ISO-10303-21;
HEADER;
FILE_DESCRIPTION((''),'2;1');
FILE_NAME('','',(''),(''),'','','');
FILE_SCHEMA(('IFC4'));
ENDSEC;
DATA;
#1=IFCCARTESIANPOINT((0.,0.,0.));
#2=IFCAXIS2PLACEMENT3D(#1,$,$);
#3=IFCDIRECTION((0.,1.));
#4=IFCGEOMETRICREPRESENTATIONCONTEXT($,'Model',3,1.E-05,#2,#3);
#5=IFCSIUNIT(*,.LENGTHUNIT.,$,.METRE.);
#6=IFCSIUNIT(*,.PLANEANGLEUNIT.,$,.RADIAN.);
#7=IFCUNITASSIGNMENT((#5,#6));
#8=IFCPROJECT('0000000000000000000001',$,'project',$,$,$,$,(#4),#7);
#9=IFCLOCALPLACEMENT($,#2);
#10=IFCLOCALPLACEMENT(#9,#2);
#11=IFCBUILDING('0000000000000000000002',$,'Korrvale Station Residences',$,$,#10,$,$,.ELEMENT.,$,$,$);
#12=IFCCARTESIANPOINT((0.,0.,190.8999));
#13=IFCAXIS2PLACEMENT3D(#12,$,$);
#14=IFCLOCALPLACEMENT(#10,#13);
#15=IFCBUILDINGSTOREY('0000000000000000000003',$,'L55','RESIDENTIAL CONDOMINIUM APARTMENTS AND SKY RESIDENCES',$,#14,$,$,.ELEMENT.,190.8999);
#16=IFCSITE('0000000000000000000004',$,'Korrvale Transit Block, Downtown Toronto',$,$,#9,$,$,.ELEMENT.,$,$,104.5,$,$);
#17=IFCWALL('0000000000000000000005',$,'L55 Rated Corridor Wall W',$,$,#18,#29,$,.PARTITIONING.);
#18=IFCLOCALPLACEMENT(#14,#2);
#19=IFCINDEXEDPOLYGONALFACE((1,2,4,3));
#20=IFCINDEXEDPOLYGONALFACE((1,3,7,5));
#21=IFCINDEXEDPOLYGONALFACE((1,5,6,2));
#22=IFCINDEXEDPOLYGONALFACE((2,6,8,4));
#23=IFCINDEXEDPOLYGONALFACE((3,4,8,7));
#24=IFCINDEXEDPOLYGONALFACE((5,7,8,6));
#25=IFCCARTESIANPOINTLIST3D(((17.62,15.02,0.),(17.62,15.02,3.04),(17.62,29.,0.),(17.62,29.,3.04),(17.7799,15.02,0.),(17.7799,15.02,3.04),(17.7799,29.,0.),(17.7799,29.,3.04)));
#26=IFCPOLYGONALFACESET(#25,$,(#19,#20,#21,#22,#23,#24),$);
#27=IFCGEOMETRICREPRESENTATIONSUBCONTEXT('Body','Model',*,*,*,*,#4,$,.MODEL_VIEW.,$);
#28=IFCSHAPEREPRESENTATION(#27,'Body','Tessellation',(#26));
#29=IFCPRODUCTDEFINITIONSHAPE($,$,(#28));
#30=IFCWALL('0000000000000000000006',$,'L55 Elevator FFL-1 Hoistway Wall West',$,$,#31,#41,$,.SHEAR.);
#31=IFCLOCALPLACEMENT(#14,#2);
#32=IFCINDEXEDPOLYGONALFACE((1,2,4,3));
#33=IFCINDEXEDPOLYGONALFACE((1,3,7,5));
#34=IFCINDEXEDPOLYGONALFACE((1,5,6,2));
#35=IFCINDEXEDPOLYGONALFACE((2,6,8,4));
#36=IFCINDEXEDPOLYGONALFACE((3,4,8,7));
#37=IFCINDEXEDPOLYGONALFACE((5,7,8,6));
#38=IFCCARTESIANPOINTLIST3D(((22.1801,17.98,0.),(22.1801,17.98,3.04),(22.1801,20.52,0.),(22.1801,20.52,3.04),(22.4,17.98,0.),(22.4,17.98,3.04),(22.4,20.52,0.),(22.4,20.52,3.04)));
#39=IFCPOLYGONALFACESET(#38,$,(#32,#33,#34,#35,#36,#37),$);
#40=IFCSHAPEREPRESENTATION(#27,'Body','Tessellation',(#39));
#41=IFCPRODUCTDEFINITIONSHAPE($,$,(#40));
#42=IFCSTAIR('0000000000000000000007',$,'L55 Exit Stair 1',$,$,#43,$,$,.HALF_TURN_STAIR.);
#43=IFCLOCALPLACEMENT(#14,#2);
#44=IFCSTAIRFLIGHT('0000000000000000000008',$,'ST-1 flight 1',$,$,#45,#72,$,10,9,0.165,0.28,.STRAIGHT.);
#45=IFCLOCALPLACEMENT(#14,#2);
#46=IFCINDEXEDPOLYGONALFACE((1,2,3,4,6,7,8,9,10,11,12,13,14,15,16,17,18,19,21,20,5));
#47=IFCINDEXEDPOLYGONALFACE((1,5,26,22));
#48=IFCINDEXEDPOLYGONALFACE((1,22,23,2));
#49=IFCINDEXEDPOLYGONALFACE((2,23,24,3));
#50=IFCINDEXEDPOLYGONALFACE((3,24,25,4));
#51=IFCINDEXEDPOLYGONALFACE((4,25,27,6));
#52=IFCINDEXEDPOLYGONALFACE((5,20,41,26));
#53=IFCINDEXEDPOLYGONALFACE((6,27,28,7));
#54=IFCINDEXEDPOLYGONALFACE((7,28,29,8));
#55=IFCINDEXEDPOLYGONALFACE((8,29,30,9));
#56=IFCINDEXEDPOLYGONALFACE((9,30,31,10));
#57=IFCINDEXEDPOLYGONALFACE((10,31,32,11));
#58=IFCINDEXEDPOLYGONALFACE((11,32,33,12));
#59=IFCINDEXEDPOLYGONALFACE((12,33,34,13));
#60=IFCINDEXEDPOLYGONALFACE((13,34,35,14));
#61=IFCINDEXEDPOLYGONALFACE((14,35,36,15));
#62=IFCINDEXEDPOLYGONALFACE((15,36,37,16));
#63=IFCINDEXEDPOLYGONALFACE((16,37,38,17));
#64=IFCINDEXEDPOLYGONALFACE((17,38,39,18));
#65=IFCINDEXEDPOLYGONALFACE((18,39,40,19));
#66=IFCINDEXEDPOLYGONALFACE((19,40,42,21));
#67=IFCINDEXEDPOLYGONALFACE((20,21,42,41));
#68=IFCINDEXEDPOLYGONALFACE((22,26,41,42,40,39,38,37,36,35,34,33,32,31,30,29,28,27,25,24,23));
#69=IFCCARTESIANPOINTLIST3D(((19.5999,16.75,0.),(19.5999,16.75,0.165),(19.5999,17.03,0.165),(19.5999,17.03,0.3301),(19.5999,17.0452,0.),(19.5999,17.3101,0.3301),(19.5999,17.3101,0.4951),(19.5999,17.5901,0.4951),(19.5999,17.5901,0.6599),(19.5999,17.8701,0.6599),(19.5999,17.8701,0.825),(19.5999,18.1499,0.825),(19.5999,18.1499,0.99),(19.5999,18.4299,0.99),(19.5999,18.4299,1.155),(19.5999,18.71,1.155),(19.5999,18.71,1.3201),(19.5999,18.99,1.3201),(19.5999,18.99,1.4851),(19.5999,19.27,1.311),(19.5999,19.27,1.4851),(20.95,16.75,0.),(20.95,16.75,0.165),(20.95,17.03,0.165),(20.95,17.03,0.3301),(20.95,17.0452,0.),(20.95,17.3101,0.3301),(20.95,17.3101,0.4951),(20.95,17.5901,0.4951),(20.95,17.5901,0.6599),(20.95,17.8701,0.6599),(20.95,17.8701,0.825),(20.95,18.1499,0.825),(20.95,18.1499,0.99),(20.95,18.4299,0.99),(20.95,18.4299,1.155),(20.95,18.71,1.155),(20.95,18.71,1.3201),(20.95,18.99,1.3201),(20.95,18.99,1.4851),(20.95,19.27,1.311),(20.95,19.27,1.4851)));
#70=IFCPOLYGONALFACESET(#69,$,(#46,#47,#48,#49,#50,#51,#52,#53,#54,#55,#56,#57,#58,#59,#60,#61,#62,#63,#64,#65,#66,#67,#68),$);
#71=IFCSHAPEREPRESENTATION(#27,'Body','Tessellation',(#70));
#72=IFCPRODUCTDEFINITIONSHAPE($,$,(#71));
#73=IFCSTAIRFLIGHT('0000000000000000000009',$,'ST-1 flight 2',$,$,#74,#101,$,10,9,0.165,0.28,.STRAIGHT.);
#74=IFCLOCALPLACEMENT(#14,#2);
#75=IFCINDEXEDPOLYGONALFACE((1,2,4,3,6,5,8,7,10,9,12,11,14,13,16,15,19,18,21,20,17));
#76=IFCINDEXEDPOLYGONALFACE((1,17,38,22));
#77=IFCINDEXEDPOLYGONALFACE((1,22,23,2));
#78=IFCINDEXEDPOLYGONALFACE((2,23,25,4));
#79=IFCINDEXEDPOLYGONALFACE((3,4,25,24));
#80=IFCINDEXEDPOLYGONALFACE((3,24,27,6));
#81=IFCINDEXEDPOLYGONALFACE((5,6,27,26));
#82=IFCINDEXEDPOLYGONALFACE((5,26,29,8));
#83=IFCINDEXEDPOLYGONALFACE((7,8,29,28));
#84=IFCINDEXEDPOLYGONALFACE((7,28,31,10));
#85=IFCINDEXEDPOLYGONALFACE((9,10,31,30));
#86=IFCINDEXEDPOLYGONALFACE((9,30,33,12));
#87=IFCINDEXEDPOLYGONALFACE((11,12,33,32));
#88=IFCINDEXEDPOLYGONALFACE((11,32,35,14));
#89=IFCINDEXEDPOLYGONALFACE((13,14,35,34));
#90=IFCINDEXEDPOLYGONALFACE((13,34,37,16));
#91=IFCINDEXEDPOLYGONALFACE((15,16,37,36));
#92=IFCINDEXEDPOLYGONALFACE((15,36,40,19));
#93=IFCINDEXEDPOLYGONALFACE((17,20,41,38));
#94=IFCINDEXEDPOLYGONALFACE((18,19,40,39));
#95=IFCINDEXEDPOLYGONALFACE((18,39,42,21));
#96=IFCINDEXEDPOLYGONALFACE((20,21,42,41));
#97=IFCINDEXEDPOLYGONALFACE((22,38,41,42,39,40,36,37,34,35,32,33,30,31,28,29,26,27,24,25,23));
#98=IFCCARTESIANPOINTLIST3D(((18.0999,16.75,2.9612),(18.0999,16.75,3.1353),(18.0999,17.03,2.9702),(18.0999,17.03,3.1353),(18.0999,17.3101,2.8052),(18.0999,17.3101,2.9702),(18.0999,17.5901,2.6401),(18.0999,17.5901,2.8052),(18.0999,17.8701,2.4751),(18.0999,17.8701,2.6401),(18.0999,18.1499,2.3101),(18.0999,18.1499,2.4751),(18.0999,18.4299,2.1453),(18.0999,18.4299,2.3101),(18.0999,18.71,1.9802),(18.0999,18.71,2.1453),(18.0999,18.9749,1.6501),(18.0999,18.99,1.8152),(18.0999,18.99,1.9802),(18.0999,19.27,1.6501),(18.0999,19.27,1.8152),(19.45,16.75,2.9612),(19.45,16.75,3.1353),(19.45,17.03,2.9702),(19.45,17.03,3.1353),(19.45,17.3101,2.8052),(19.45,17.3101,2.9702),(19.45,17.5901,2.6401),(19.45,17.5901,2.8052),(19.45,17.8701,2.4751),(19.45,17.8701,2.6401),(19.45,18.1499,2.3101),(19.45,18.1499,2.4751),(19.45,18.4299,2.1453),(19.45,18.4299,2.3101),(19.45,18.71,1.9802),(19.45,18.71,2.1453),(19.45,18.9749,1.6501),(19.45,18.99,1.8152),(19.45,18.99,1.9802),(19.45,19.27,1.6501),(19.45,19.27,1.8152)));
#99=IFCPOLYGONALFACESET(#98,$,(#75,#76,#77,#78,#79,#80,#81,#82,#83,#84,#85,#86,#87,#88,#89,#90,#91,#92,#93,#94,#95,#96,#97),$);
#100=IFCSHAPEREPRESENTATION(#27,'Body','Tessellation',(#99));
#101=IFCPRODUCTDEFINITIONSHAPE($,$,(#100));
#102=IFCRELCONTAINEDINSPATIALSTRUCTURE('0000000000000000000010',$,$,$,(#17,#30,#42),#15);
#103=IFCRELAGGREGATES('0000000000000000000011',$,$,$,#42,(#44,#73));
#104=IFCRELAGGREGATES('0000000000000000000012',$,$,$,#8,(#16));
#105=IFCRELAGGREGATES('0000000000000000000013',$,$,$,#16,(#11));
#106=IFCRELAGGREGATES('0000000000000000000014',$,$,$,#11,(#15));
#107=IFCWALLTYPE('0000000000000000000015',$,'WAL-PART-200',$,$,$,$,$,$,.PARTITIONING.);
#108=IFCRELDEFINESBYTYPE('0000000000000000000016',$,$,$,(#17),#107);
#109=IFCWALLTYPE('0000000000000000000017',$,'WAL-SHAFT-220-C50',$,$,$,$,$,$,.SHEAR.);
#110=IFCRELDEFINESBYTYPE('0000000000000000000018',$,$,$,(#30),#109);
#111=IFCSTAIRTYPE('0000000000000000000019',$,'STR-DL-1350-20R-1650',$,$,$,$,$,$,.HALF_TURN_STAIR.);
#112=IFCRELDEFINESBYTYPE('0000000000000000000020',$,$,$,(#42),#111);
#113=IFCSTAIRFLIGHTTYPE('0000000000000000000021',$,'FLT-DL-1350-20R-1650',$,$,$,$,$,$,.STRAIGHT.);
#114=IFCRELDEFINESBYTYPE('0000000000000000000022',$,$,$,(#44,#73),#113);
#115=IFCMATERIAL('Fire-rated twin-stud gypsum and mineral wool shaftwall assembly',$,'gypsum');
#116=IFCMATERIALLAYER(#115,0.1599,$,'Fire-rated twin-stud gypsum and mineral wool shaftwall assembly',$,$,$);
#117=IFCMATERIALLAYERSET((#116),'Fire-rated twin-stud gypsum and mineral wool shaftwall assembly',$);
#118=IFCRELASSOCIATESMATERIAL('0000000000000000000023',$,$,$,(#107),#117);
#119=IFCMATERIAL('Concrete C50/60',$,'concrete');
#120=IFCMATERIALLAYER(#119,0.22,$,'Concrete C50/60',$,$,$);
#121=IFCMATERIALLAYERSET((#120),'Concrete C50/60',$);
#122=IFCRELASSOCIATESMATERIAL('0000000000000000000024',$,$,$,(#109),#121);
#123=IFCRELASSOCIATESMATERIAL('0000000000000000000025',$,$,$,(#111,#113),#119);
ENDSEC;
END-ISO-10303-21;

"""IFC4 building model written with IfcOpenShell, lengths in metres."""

from ifc_helpers import new_model, si_unit, direction, frame, frame_2d, origin, place, context, subcontext, project, spatial, polyline, rectangle, outline, extrude, material, layer, layer_set, type_object, element, aggregate, save


model = new_model("IFC4")

# Units and contexts
model_context = context("Model", 3, precision=1e-05, world=origin(), true_north=direction((0.0, 1.0)))
body_context = subcontext(model_context, "Body", "Model", "MODEL_VIEW")
ifc_project = project(units=[si_unit("LENGTHUNIT", "METRE"), si_unit("PLANEANGLEUNIT", "RADIAN")], contexts=[model_context])

# Site, building, storey
site_placement = place(None, origin())
site = spatial("IfcSite", under=ifc_project, at=site_placement, Name="Korrvale Transit Block, Downtown Toronto", CompositionType="ELEMENT", RefElevation=104.5)
building_placement = place(site_placement, origin())
building = spatial("IfcBuilding", under=site, at=building_placement, Name="Korrvale Station Residences", CompositionType="ELEMENT")
storey_placement = place(building_placement, frame((0.0, 0.0, 190.8999)))
storey = spatial("IfcBuildingStorey", under=building, at=storey_placement, Name="L55", Description="RESIDENTIAL CONDOMINIUM APARTMENTS AND SKY RESIDENCES", CompositionType="ELEMENT", Elevation=190.8999)

# Shared definitions
ifc_material_1 = material(Name="Concrete C50/60", Category="concrete")

# Shared definitions
ifc_material_2 = material(Name="Fire-rated twin-stud gypsum and mineral wool shaftwall assembly", Category="gypsum")
ifc_layer_1 = layer(ifc_material_2, 0.1599, Name="Fire-rated twin-stud gypsum and mineral wool shaftwall assembly")
ifc_layer_set_1 = layer_set([ifc_layer_1], Name="Fire-rated twin-stud gypsum and mineral wool shaftwall assembly")
wall_type_1 = type_object("IfcWallType", Name="WAL-PART-200", PredefinedType="PARTITIONING", material=ifc_layer_set_1)

# Wall
wall_1_placement = place(storey_placement, frame((17.7, 15.02, 0.0), z_axis=(0.0, 0.0, 1.0), x_axis=(0.0, 1.0, 0.0)))
element("IfcWall", 1, at=wall_1_placement, inside=storey, type_object=wall_type_1, Name="L55 Rated Corridor Wall W", PredefinedType="PARTITIONING", context=body_context, shape_type="SweptSolid", body=[
    extrude(rectangle(XDim=13.98, YDim=0.1599, at=frame_2d((6.99, 0.0))), origin(), (0.0, 0.0, 1.0), 3.04),
])

# Shared definitions
ifc_layer_2 = layer(ifc_material_1, 0.22, Name="Concrete C50/60")
ifc_layer_set_2 = layer_set([ifc_layer_2], Name="Concrete C50/60")
wall_type_2 = type_object("IfcWallType", Name="WAL-SHAFT-220-C50", PredefinedType="SHEAR", material=ifc_layer_set_2)

# Wall
wall_2_placement = place(storey_placement, frame((22.29, 17.98, 0.0), z_axis=(0.0, 0.0, 1.0), x_axis=(0.0, 1.0, 0.0)))
element("IfcWall", 2, at=wall_2_placement, inside=storey, type_object=wall_type_2, Name="L55 Elevator FFL-1 Hoistway Wall West", PredefinedType="SHEAR", context=body_context, shape_type="SweptSolid", body=[
    extrude(rectangle(XDim=2.54, YDim=0.22, at=frame_2d((1.27, 0.0))), origin(), (0.0, 0.0, 1.0), 3.04),
])

# Stair, stair flights
stair_type = type_object("IfcStairType", Name="STR-DL-1350-20R-1650", PredefinedType="HALF_TURN_STAIR", material=ifc_material_1)
stair_placement = place(storey_placement, origin())
stair = element("IfcStair", 3, at=stair_placement, inside=storey, type_object=stair_type, Name="L55 Exit Stair 1", PredefinedType="HALF_TURN_STAIR")
stair_flight_type = type_object("IfcStairFlightType", Name="FLT-DL-1350-20R-1650", PredefinedType="STRAIGHT", material=ifc_material_1)
stair_flight_1_placement = place(storey_placement, frame((20.2749, 16.75, 0.0), z_axis=(0.0, 0.0, 1.0), x_axis=(0.0, 1.0, 0.0)))
stair_flight_1 = element("IfcStairFlight", 4, at=stair_flight_1_placement, type_object=stair_flight_type, Name="ST-1 flight 1", NumberOfRisers=10, NumberOfTreads=9, PredefinedType="STRAIGHT", RiserHeight=0.165, TreadLength=0.28, context=body_context, shape_type="SweptSolid", body=[
    extrude(outline(polyline([(0.0, 0.0), (0.0, 0.165), (0.28, 0.165), (0.28, 0.3301), (0.5601, 0.3301), (0.5601, 0.4951), (0.8401, 0.4951), (0.8401, 0.6599), (1.1201, 0.6599), (1.1201, 0.825), (1.3999, 0.825), (1.3999, 0.99), (1.6799, 0.99), (1.6799, 1.155), (1.96, 1.155), (1.96, 1.3201), (2.24, 1.3201), (2.24, 1.4851), (2.52, 1.4851), (2.52, 1.6499), (2.52, 1.311), (0.2952, 0.0), (0.0, 0.0)])), frame((0.0, 0.675, 0.0), z_axis=(0.0, -1.0, 0.0), x_axis=(1.0, 0.0, 0.0)), (0.0, 0.0, 1.0), 1.3501),
])
stair_flight_2_placement = place(storey_placement, frame((18.7749, 19.27, 1.6501), z_axis=(0.0, 0.0, 1.0), x_axis=(0.0, -1.0, 0.0)))
stair_flight_2 = element("IfcStairFlight", 5, at=stair_flight_2_placement, type_object=stair_flight_type, Name="ST-1 flight 2", NumberOfRisers=10, NumberOfTreads=9, PredefinedType="STRAIGHT", RiserHeight=0.165, TreadLength=0.28, context=body_context, shape_type="SweptSolid", body=[
    extrude(outline(polyline([(0.0, 0.0), (0.0, 0.165), (0.28, 0.165), (0.28, 0.3301), (0.5601, 0.3301), (0.5601, 0.4951), (0.8401, 0.4951), (0.8401, 0.6599), (1.1201, 0.6599), (1.1201, 0.825), (1.3999, 0.825), (1.3999, 0.99), (1.6799, 0.99), (1.6799, 1.155), (1.96, 1.155), (1.96, 1.3201), (2.24, 1.3201), (2.24, 1.4851), (2.52, 1.4851), (2.52, 1.6499), (2.52, 1.311), (0.2952, 0.0), (0.0, 0.0)])), frame((0.0, 0.675, 0.0), z_axis=(0.0, -1.0, 0.0), x_axis=(1.0, 0.0, 0.0)), (0.0, 0.0, 1.0), 1.3501),
])
aggregate(stair, [stair_flight_1, stair_flight_2])

save(model, "model.ifc")
